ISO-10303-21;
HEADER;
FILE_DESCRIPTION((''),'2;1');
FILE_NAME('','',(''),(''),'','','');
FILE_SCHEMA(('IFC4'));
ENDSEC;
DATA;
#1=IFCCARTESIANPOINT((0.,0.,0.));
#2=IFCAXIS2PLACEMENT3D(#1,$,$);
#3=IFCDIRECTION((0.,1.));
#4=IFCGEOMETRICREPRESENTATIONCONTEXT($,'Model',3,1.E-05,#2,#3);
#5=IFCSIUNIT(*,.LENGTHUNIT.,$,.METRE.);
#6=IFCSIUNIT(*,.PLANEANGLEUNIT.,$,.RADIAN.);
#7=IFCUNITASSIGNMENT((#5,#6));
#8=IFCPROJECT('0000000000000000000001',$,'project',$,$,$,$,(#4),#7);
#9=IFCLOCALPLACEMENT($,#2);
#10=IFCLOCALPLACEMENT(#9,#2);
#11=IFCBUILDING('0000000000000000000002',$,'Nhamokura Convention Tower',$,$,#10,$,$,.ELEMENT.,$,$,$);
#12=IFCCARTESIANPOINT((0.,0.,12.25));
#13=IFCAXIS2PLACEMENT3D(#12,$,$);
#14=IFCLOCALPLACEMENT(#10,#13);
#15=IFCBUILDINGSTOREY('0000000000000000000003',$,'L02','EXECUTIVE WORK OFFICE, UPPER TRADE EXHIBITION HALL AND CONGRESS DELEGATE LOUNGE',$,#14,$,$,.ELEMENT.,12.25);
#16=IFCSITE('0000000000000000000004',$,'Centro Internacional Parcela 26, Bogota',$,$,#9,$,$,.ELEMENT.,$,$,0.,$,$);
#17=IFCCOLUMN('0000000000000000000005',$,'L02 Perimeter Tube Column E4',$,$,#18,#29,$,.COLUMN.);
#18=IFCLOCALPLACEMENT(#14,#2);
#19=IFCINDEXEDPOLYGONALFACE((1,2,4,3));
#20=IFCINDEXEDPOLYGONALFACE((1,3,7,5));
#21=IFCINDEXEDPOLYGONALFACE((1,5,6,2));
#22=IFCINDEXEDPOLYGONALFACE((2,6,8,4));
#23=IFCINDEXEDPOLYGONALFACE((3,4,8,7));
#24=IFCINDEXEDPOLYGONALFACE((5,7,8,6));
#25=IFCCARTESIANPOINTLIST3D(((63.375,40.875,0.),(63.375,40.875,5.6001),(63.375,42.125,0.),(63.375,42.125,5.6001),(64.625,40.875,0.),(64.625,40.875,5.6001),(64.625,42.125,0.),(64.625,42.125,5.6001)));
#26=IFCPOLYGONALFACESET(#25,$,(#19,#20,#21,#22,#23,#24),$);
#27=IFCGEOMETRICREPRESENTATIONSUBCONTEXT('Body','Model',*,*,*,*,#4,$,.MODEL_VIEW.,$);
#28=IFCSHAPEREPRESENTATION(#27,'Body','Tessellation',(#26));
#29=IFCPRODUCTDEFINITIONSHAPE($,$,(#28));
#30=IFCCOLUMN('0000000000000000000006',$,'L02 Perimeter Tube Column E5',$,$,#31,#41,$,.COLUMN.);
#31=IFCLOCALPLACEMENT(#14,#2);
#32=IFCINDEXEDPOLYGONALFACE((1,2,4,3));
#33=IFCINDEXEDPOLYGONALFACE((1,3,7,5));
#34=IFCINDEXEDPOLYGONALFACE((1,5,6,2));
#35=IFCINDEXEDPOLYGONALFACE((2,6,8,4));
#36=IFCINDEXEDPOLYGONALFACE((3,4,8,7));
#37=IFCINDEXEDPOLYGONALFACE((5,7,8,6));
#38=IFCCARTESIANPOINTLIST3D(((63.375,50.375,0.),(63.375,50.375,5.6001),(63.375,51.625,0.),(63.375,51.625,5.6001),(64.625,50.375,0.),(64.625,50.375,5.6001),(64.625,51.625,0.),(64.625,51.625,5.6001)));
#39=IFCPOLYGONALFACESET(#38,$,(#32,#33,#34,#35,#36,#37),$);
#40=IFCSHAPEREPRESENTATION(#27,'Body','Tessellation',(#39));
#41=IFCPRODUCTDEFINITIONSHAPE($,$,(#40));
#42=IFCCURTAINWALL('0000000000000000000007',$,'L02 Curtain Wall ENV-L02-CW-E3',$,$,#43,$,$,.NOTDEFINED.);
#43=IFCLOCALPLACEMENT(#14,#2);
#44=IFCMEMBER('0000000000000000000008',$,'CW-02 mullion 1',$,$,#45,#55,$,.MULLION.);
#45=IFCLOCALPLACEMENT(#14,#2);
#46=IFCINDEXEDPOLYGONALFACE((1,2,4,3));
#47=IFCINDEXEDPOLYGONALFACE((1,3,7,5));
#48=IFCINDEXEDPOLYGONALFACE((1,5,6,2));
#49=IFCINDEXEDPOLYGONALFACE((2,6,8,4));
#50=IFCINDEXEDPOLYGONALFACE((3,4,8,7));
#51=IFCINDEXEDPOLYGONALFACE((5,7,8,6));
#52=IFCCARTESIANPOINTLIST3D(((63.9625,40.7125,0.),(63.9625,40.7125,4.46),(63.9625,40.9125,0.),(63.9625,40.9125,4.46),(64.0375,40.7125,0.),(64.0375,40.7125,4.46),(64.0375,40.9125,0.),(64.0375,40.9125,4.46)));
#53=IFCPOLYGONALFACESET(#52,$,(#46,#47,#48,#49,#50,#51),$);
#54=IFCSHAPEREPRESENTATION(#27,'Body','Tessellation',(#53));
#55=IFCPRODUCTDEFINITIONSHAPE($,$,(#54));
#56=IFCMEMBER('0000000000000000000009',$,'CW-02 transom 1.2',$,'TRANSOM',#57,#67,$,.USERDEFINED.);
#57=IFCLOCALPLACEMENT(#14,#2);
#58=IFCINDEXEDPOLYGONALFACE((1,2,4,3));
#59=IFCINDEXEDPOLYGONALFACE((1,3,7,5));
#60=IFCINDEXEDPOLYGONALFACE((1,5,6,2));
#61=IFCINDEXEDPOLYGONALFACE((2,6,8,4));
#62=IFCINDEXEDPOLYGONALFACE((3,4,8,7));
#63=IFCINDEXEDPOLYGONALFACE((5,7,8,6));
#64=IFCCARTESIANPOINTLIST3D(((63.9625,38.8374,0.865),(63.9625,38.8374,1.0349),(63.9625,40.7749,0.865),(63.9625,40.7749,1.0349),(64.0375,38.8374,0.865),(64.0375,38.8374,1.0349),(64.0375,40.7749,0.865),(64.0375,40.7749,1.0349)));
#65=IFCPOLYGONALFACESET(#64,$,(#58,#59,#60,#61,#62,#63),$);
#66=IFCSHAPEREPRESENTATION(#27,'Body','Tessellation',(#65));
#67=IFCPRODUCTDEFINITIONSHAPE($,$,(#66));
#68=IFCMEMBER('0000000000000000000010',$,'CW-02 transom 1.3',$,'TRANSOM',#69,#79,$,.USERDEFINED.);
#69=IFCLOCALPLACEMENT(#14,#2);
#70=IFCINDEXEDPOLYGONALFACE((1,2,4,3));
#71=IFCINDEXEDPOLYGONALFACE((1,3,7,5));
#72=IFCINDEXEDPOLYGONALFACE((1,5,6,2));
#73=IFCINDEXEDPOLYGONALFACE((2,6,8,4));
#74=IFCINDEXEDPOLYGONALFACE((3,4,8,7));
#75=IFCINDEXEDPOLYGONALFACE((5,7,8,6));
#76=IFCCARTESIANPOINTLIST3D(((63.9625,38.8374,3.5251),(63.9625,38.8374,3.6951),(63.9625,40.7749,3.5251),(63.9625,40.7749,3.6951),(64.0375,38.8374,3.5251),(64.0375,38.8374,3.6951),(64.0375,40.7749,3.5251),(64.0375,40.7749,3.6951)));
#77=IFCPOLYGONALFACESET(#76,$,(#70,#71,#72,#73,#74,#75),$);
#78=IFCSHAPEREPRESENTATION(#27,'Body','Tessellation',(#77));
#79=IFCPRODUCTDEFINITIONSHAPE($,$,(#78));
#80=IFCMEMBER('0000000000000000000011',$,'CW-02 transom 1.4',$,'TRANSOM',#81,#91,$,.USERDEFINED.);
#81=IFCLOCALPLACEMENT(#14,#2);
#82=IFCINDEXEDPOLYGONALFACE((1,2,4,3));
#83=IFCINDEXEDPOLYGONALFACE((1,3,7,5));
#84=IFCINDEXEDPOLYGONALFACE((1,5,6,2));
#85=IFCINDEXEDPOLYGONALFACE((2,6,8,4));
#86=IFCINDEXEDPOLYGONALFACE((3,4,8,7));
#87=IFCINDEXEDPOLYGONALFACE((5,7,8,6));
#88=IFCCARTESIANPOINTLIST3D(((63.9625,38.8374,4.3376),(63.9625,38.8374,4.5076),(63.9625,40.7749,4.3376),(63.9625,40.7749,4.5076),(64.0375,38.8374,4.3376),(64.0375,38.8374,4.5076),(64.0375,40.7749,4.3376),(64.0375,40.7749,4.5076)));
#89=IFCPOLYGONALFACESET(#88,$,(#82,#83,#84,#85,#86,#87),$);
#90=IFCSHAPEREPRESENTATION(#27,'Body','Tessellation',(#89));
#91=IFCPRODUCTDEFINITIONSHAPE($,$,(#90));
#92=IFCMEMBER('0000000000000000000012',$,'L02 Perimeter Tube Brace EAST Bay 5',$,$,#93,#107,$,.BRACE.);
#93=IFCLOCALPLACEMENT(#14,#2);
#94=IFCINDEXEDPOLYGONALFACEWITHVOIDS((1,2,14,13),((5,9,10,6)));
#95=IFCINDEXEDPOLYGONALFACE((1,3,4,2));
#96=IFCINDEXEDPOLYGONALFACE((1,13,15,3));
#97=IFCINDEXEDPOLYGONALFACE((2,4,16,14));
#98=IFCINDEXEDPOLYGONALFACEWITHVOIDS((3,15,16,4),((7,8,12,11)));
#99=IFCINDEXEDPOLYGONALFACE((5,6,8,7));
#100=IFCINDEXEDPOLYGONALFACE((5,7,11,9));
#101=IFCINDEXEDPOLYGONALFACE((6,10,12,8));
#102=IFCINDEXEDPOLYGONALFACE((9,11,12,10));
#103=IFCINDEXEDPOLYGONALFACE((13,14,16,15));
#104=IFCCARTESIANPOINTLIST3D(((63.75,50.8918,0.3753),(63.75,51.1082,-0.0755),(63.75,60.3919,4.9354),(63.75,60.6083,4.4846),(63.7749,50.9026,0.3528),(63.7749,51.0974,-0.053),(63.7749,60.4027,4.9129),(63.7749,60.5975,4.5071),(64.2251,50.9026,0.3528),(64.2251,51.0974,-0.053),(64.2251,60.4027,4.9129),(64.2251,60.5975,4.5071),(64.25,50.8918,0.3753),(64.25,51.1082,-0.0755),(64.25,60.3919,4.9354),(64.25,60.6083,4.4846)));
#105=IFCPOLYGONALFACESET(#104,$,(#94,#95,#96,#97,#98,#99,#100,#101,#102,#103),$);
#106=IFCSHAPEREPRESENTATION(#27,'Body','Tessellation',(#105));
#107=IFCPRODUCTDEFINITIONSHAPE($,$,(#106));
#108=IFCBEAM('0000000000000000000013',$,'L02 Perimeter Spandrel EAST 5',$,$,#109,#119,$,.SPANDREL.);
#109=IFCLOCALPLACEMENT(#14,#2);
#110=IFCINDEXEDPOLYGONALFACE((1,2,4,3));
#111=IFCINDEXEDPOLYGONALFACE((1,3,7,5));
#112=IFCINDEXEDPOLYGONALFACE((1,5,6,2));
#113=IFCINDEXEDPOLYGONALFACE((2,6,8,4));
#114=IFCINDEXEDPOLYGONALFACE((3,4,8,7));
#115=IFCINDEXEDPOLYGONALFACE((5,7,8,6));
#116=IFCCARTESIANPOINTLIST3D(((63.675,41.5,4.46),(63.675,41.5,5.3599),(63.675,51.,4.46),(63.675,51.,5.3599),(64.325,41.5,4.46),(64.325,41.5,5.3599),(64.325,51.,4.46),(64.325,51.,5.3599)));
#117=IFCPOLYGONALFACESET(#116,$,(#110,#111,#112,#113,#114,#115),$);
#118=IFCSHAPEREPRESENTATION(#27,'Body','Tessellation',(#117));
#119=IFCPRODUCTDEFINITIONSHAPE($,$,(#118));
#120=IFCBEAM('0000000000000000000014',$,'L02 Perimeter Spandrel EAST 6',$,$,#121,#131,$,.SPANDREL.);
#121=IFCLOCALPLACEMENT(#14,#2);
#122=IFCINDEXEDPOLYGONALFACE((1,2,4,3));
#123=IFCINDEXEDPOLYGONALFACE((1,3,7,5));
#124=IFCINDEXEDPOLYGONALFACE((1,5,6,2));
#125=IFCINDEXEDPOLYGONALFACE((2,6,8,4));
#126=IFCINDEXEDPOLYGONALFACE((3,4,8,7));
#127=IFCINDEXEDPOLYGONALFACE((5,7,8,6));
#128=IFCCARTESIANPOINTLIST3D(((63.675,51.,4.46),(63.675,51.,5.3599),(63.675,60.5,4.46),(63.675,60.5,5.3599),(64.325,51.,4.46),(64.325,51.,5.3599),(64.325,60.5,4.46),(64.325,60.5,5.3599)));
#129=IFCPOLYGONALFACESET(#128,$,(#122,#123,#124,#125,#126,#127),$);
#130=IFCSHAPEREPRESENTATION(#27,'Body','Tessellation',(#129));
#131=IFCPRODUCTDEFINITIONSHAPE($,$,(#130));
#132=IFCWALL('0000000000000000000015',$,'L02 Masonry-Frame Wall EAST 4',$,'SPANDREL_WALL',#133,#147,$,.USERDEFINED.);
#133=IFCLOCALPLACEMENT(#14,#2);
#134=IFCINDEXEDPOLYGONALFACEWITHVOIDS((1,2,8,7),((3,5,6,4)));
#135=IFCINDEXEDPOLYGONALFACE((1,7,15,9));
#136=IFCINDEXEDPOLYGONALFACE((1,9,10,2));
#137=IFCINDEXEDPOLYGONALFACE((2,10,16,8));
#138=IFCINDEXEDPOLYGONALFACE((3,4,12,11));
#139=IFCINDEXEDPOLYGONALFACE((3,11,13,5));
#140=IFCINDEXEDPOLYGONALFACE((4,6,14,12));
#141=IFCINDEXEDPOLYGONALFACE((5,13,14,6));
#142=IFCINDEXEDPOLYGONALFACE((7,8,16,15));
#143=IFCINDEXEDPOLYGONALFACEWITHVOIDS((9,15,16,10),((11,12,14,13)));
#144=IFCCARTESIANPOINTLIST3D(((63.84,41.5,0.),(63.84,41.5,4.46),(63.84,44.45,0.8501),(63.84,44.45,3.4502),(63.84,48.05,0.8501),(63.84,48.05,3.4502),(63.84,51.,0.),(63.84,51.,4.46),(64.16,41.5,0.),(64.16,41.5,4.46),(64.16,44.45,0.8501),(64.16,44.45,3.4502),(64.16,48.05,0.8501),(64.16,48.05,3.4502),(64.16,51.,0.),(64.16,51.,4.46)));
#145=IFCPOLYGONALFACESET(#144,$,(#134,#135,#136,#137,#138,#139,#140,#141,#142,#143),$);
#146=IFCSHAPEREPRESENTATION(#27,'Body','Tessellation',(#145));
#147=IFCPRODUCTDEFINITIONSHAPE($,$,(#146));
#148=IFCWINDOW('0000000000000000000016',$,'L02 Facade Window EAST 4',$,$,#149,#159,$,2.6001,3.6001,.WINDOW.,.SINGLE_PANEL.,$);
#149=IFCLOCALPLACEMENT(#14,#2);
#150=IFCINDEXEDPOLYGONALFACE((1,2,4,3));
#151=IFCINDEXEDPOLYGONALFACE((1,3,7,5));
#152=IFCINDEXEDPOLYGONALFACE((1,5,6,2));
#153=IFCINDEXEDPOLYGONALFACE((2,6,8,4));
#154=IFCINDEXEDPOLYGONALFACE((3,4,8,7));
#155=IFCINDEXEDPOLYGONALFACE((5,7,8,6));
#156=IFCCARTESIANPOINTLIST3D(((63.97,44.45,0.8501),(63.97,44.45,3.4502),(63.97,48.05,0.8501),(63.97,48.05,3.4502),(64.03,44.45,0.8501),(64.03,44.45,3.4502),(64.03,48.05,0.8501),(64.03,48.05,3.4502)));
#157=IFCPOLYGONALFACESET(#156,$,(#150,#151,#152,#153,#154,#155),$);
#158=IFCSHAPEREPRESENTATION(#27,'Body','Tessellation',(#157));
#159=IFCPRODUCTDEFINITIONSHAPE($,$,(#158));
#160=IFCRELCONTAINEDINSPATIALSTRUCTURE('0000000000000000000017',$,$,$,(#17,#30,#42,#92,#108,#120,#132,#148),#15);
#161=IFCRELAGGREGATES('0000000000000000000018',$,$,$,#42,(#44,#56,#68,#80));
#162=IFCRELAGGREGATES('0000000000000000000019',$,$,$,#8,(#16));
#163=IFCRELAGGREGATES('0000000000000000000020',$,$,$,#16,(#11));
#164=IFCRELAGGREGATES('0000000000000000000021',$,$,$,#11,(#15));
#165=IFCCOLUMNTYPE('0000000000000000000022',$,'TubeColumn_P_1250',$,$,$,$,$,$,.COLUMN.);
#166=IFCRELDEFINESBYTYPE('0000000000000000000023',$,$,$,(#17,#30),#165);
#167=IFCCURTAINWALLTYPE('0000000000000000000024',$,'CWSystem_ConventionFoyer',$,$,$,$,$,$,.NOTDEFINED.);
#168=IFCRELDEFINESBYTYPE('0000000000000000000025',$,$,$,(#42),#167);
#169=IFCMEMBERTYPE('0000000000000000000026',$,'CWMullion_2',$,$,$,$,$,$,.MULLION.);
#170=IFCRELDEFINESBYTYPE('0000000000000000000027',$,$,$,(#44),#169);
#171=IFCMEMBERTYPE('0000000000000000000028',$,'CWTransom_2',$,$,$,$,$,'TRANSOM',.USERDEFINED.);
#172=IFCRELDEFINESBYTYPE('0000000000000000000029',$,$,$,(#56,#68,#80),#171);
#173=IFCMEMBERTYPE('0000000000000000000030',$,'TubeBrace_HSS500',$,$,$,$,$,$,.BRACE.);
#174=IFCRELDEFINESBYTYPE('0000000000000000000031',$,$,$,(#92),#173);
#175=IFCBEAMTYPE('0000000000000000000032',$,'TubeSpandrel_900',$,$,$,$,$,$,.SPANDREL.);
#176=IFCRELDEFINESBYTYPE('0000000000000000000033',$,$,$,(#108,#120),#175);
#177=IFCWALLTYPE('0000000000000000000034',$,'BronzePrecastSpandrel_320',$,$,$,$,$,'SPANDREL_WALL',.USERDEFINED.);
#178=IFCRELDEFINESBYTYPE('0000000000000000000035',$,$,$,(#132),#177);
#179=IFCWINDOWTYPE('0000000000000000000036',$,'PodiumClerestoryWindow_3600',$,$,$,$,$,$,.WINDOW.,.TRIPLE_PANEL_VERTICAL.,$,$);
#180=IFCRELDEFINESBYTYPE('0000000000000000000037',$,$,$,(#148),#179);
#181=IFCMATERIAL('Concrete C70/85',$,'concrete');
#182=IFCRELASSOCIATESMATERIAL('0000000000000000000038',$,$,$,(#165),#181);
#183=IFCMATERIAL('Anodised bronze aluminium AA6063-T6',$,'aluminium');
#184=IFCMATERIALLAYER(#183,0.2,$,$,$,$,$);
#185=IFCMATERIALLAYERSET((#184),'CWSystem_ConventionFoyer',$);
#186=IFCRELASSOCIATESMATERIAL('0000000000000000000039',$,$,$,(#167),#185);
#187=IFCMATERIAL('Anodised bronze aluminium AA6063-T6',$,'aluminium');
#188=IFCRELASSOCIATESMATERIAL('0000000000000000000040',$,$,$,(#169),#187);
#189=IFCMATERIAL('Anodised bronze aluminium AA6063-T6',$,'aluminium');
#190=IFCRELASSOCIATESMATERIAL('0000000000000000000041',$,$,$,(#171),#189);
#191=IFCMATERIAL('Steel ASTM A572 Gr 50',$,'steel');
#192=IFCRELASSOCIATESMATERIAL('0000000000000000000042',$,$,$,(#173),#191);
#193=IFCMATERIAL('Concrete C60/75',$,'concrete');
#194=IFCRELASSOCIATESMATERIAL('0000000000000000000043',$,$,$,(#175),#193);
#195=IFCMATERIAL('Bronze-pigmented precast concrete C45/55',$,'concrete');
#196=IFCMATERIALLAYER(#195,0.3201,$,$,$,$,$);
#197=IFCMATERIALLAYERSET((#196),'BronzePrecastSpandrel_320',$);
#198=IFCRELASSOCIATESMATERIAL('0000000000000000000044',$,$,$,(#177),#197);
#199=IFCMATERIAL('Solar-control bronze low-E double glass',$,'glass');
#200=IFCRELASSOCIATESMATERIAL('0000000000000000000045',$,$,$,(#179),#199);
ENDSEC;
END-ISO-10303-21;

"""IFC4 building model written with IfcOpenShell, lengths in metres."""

from ifc_helpers import new_model, si_unit, direction, frame, frame_2d, origin, origin_2d, place, context, subcontext, project, spatial, rectangle, hollow_rectangle, extrude, material, layer, layer_set, material_profile, profile_set, type_object, element, fill, aggregate, save


model = new_model("IFC4")

# Units and contexts
model_context = context("Model", 3, precision=1e-05, world=origin(), true_north=direction((0.0, 1.0)))
body_context = subcontext(model_context, "Body", "Model", "MODEL_VIEW")
ifc_project = project(units=[si_unit("LENGTHUNIT", "METRE"), si_unit("PLANEANGLEUNIT", "RADIAN")], contexts=[model_context])

# Site, building, storey
site_placement = place(None, origin())
site = spatial("IfcSite", under=ifc_project, at=site_placement, Name="Centro Internacional Parcela 26, Bogota", CompositionType="ELEMENT", RefElevation=0.0)
building_placement = place(site_placement, origin())
building = spatial("IfcBuilding", under=site, at=building_placement, Name="Nhamokura Convention Tower", CompositionType="ELEMENT")
storey_placement = place(building_placement, frame((0.0, 0.0, 12.25)))
storey = spatial("IfcBuildingStorey", under=building, at=storey_placement, Name="L02", Description="EXECUTIVE WORK OFFICE, UPPER TRADE EXHIBITION HALL AND CONGRESS DELEGATE LOUNGE", CompositionType="ELEMENT", Elevation=12.25)

# Columns
ifc_material_1 = material(Name="Concrete C70/85", Category="concrete")
ifc_material_profile_1 = material_profile(ifc_material_1, rectangle(XDim=1.25, YDim=1.25, at=origin_2d()))
ifc_profile_set_1 = profile_set([ifc_material_profile_1], Name="Concrete C70/85")
column_type = type_object("IfcColumnType", Name="TubeColumn_P_1250", PredefinedType="COLUMN", material=ifc_profile_set_1)
for number, where, z_axis, x_axis, name in (
    (1, (64.0, 41.5, 0.0), (0.0, 0.0, 1.0), (1.0, 0.0, 0.0), "L02 Perimeter Tube Column E4"),
    (2, (64.0, 51.0, 0.0), (0.0, 0.0, 1.0), (1.0, 0.0, 0.0), "L02 Perimeter Tube Column E5"),
):
    element("IfcColumn", number, at=place(storey_placement, frame(where, z_axis=z_axis, x_axis=x_axis)), inside=storey, type_object=column_type, Name=name, PredefinedType="COLUMN", context=body_context, shape_type="SweptSolid", body=[
        extrude(rectangle(XDim=1.25, YDim=1.25, at=origin_2d()), origin(), (0.0, 0.0, 1.0), 5.6001),
    ])

# Curtain wall, members
ifc_material_2 = material(Name="Anodised bronze aluminium AA6063-T6", Category="aluminium")
ifc_layer_1 = layer(ifc_material_2, 0.2)
ifc_layer_set_1 = layer_set([ifc_layer_1], Name="CWSystem_ConventionFoyer")
curtain_wall_type = type_object("IfcCurtainWallType", Name="CWSystem_ConventionFoyer", PredefinedType="NOTDEFINED", material=ifc_layer_set_1)
curtain_wall_placement = place(storey_placement, origin())
curtain_wall = element("IfcCurtainWall", 3, at=curtain_wall_placement, inside=storey, type_object=curtain_wall_type, Name="L02 Curtain Wall ENV-L02-CW-E3", PredefinedType="NOTDEFINED")
ifc_material_3 = material(Name="Anodised bronze aluminium AA6063-T6", Category="aluminium")
ifc_material_profile_2 = material_profile(ifc_material_3, rectangle(XDim=0.075, YDim=0.2, at=origin_2d()))
ifc_profile_set_2 = profile_set([ifc_material_profile_2], Name="Anodised bronze aluminium AA6063-T6")
member_type_1 = type_object("IfcMemberType", Name="CWMullion_2", PredefinedType="MULLION", material=ifc_profile_set_2)
member_1_placement = place(storey_placement, frame((64.0, 40.8125, 0.0), z_axis=(0.0, 0.0, 1.0), x_axis=(1.0, 0.0, 0.0)))
member_1 = element("IfcMember", 4, at=member_1_placement, type_object=member_type_1, Name="CW-02 mullion 1", PredefinedType="MULLION", context=body_context, shape_type="SweptSolid", body=[
    extrude(rectangle(XDim=0.075, YDim=0.2, at=origin_2d()), origin(), (0.0, 0.0, 1.0), 4.46),
])
ifc_material_4 = material(Name="Anodised bronze aluminium AA6063-T6", Category="aluminium")
ifc_material_profile_3 = material_profile(ifc_material_4, rectangle(XDim=0.075, YDim=0.1699, at=origin_2d()))
ifc_profile_set_3 = profile_set([ifc_material_profile_3], Name="Anodised bronze aluminium AA6063-T6")
member_type_2 = type_object("IfcMemberType", Name="CWTransom_2", ElementType="TRANSOM", PredefinedType="USERDEFINED", material=ifc_profile_set_3)
member_2_placement = place(storey_placement, frame((64.0, 40.7749, 0.95), z_axis=(0.0, -1.0, 0.0), x_axis=(1.0, 0.0, 0.0)))
member_2 = element("IfcMember", 5, at=member_2_placement, type_object=member_type_2, Name="CW-02 transom 1.2", ObjectType="TRANSOM", PredefinedType="USERDEFINED", context=body_context, shape_type="SweptSolid", body=[
    extrude(rectangle(XDim=0.075, YDim=0.1699, at=origin_2d()), origin(), (0.0, 0.0, 1.0), 1.9375),
])
member_3_placement = place(storey_placement, frame((64.0, 40.7749, 3.6101), z_axis=(0.0, -1.0, 0.0), x_axis=(1.0, 0.0, 0.0)))
member_3 = element("IfcMember", 6, at=member_3_placement, type_object=member_type_2, Name="CW-02 transom 1.3", ObjectType="TRANSOM", PredefinedType="USERDEFINED", context=body_context, shape_type="SweptSolid", body=[
    extrude(rectangle(XDim=0.075, YDim=0.1699, at=origin_2d()), origin(), (0.0, 0.0, 1.0), 1.9375),
])
member_4_placement = place(storey_placement, frame((64.0, 40.7749, 4.4226), z_axis=(0.0, -1.0, 0.0), x_axis=(1.0, 0.0, 0.0)))
member_4 = element("IfcMember", 7, at=member_4_placement, type_object=member_type_2, Name="CW-02 transom 1.4", ObjectType="TRANSOM", PredefinedType="USERDEFINED", context=body_context, shape_type="SweptSolid", body=[
    extrude(rectangle(XDim=0.075, YDim=0.1699, at=origin_2d()), origin(), (0.0, 0.0, 1.0), 1.9375),
])
aggregate(curtain_wall, [member_1, member_2, member_3, member_4])

# Member
ifc_material_5 = material(Name="Steel ASTM A572 Gr 50", Category="steel")
ifc_material_profile_4 = material_profile(ifc_material_5, hollow_rectangle(XDim=0.5, YDim=0.5, WallThickness=0.0249, at=origin_2d()))
ifc_profile_set_4 = profile_set([ifc_material_profile_4], Name="Steel ASTM A572 Gr 50")
member_type_3 = type_object("IfcMemberType", Name="TubeBrace_HSS500", PredefinedType="BRACE", material=ifc_profile_set_4)
member_5_placement = place(storey_placement, frame((64.0, 51.0, 0.1499), z_axis=(0.0, 0.901521, 0.432736), x_axis=(-1.0, 0.0, 0.0)))
element("IfcMember", 8, at=member_5_placement, inside=storey, type_object=member_type_3, Name="L02 Perimeter Tube Brace EAST Bay 5", PredefinedType="BRACE", context=body_context, shape_type="SweptSolid", body=[
    extrude(hollow_rectangle(XDim=0.5, YDim=0.5, WallThickness=0.0249, at=origin_2d()), origin(), (0.0, 0.0, 1.0), 10.5378),
])

# Beams
ifc_material_6 = material(Name="Concrete C60/75", Category="concrete")
ifc_material_profile_5 = material_profile(ifc_material_6, rectangle(XDim=0.6499, YDim=0.8999, at=origin_2d()))
ifc_profile_set_5 = profile_set([ifc_material_profile_5], Name="Concrete C60/75")
beam_type = type_object("IfcBeamType", Name="TubeSpandrel_900", PredefinedType="SPANDREL", material=ifc_profile_set_5)
for number, where, z_axis, x_axis, name in (
    (9, (64.0, 41.5, 4.9099), (0.0, 1.0, 0.0), (-1.0, 0.0, 0.0), "L02 Perimeter Spandrel EAST 5"),
    (10, (64.0, 51.0, 4.9099), (0.0, 1.0, 0.0), (-1.0, 0.0, 0.0), "L02 Perimeter Spandrel EAST 6"),
):
    element("IfcBeam", number, at=place(storey_placement, frame(where, z_axis=z_axis, x_axis=x_axis)), inside=storey, type_object=beam_type, Name=name, PredefinedType="SPANDREL", context=body_context, shape_type="SweptSolid", body=[
        extrude(rectangle(XDim=0.6499, YDim=0.8999, at=origin_2d()), origin(), (0.0, 0.0, 1.0), 9.5),
    ])

# Wall, opening, window
ifc_material_7 = material(Name="Bronze-pigmented precast concrete C45/55", Category="concrete")
ifc_layer_2 = layer(ifc_material_7, 0.3201)
ifc_layer_set_2 = layer_set([ifc_layer_2], Name="BronzePrecastSpandrel_320")
wall_type_1 = type_object("IfcWallType", Name="BronzePrecastSpandrel_320", ElementType="SPANDREL_WALL", PredefinedType="USERDEFINED", material=ifc_layer_set_2)
wall_1_placement = place(storey_placement, frame((64.0, 51.0, 0.0), z_axis=(0.0, 0.0, 1.0), x_axis=(0.0, -1.0, 0.0)))
wall_1 = element("IfcWall", 11, at=wall_1_placement, inside=storey, type_object=wall_type_1, Name="L02 Masonry-Frame Wall EAST 4", ObjectType="SPANDREL_WALL", PredefinedType="USERDEFINED", context=body_context, shape_type="SweptSolid", body=[
    extrude(rectangle(XDim=9.5, YDim=0.3201, at=frame_2d((4.75, 0.0))), origin(), (0.0, 0.0, 1.0), 4.46),
])
opening_1_placement = place(wall_1_placement, frame((2.95, 0.0, 0.8501)))
opening_1 = element("IfcOpeningElement", 12, at=opening_1_placement, cuts=wall_1, PredefinedType="OPENING", context=body_context, shape_type="SweptSolid", body=[
    extrude(rectangle(XDim=3.6001, YDim=2.6001, at=frame_2d((1.8, 1.3))), frame((0.0, 0.1699, 0.0), z_axis=(0.0, -1.0, 0.0), x_axis=(1.0, 0.0, 0.0)), (0.0, 0.0, 1.0), 0.3401),
])
ifc_material_8 = material(Name="Solar-control bronze low-E double glass", Category="glass")
window_type = type_object("IfcWindowType", Name="PodiumClerestoryWindow_3600", PartitioningType="TRIPLE_PANEL_VERTICAL", PredefinedType="WINDOW", material=ifc_material_8)
window_placement = place(opening_1_placement, origin())
window = element("IfcWindow", 13, at=window_placement, inside=storey, type_object=window_type, Name="L02 Facade Window EAST 4", OverallHeight=2.6001, OverallWidth=3.6001, PartitioningType="SINGLE_PANEL", PredefinedType="WINDOW", context=body_context, shape_type="SweptSolid", body=[
    extrude(rectangle(XDim=3.6001, YDim=2.6001, at=frame_2d((1.8, 1.3))), frame((0.0, 0.03, 0.0), z_axis=(0.0, -1.0, 0.0), x_axis=(1.0, 0.0, 0.0)), (0.0, 0.0, 1.0), 0.0601),
])
fill(opening_1, window)

save(model, "model.ifc")
